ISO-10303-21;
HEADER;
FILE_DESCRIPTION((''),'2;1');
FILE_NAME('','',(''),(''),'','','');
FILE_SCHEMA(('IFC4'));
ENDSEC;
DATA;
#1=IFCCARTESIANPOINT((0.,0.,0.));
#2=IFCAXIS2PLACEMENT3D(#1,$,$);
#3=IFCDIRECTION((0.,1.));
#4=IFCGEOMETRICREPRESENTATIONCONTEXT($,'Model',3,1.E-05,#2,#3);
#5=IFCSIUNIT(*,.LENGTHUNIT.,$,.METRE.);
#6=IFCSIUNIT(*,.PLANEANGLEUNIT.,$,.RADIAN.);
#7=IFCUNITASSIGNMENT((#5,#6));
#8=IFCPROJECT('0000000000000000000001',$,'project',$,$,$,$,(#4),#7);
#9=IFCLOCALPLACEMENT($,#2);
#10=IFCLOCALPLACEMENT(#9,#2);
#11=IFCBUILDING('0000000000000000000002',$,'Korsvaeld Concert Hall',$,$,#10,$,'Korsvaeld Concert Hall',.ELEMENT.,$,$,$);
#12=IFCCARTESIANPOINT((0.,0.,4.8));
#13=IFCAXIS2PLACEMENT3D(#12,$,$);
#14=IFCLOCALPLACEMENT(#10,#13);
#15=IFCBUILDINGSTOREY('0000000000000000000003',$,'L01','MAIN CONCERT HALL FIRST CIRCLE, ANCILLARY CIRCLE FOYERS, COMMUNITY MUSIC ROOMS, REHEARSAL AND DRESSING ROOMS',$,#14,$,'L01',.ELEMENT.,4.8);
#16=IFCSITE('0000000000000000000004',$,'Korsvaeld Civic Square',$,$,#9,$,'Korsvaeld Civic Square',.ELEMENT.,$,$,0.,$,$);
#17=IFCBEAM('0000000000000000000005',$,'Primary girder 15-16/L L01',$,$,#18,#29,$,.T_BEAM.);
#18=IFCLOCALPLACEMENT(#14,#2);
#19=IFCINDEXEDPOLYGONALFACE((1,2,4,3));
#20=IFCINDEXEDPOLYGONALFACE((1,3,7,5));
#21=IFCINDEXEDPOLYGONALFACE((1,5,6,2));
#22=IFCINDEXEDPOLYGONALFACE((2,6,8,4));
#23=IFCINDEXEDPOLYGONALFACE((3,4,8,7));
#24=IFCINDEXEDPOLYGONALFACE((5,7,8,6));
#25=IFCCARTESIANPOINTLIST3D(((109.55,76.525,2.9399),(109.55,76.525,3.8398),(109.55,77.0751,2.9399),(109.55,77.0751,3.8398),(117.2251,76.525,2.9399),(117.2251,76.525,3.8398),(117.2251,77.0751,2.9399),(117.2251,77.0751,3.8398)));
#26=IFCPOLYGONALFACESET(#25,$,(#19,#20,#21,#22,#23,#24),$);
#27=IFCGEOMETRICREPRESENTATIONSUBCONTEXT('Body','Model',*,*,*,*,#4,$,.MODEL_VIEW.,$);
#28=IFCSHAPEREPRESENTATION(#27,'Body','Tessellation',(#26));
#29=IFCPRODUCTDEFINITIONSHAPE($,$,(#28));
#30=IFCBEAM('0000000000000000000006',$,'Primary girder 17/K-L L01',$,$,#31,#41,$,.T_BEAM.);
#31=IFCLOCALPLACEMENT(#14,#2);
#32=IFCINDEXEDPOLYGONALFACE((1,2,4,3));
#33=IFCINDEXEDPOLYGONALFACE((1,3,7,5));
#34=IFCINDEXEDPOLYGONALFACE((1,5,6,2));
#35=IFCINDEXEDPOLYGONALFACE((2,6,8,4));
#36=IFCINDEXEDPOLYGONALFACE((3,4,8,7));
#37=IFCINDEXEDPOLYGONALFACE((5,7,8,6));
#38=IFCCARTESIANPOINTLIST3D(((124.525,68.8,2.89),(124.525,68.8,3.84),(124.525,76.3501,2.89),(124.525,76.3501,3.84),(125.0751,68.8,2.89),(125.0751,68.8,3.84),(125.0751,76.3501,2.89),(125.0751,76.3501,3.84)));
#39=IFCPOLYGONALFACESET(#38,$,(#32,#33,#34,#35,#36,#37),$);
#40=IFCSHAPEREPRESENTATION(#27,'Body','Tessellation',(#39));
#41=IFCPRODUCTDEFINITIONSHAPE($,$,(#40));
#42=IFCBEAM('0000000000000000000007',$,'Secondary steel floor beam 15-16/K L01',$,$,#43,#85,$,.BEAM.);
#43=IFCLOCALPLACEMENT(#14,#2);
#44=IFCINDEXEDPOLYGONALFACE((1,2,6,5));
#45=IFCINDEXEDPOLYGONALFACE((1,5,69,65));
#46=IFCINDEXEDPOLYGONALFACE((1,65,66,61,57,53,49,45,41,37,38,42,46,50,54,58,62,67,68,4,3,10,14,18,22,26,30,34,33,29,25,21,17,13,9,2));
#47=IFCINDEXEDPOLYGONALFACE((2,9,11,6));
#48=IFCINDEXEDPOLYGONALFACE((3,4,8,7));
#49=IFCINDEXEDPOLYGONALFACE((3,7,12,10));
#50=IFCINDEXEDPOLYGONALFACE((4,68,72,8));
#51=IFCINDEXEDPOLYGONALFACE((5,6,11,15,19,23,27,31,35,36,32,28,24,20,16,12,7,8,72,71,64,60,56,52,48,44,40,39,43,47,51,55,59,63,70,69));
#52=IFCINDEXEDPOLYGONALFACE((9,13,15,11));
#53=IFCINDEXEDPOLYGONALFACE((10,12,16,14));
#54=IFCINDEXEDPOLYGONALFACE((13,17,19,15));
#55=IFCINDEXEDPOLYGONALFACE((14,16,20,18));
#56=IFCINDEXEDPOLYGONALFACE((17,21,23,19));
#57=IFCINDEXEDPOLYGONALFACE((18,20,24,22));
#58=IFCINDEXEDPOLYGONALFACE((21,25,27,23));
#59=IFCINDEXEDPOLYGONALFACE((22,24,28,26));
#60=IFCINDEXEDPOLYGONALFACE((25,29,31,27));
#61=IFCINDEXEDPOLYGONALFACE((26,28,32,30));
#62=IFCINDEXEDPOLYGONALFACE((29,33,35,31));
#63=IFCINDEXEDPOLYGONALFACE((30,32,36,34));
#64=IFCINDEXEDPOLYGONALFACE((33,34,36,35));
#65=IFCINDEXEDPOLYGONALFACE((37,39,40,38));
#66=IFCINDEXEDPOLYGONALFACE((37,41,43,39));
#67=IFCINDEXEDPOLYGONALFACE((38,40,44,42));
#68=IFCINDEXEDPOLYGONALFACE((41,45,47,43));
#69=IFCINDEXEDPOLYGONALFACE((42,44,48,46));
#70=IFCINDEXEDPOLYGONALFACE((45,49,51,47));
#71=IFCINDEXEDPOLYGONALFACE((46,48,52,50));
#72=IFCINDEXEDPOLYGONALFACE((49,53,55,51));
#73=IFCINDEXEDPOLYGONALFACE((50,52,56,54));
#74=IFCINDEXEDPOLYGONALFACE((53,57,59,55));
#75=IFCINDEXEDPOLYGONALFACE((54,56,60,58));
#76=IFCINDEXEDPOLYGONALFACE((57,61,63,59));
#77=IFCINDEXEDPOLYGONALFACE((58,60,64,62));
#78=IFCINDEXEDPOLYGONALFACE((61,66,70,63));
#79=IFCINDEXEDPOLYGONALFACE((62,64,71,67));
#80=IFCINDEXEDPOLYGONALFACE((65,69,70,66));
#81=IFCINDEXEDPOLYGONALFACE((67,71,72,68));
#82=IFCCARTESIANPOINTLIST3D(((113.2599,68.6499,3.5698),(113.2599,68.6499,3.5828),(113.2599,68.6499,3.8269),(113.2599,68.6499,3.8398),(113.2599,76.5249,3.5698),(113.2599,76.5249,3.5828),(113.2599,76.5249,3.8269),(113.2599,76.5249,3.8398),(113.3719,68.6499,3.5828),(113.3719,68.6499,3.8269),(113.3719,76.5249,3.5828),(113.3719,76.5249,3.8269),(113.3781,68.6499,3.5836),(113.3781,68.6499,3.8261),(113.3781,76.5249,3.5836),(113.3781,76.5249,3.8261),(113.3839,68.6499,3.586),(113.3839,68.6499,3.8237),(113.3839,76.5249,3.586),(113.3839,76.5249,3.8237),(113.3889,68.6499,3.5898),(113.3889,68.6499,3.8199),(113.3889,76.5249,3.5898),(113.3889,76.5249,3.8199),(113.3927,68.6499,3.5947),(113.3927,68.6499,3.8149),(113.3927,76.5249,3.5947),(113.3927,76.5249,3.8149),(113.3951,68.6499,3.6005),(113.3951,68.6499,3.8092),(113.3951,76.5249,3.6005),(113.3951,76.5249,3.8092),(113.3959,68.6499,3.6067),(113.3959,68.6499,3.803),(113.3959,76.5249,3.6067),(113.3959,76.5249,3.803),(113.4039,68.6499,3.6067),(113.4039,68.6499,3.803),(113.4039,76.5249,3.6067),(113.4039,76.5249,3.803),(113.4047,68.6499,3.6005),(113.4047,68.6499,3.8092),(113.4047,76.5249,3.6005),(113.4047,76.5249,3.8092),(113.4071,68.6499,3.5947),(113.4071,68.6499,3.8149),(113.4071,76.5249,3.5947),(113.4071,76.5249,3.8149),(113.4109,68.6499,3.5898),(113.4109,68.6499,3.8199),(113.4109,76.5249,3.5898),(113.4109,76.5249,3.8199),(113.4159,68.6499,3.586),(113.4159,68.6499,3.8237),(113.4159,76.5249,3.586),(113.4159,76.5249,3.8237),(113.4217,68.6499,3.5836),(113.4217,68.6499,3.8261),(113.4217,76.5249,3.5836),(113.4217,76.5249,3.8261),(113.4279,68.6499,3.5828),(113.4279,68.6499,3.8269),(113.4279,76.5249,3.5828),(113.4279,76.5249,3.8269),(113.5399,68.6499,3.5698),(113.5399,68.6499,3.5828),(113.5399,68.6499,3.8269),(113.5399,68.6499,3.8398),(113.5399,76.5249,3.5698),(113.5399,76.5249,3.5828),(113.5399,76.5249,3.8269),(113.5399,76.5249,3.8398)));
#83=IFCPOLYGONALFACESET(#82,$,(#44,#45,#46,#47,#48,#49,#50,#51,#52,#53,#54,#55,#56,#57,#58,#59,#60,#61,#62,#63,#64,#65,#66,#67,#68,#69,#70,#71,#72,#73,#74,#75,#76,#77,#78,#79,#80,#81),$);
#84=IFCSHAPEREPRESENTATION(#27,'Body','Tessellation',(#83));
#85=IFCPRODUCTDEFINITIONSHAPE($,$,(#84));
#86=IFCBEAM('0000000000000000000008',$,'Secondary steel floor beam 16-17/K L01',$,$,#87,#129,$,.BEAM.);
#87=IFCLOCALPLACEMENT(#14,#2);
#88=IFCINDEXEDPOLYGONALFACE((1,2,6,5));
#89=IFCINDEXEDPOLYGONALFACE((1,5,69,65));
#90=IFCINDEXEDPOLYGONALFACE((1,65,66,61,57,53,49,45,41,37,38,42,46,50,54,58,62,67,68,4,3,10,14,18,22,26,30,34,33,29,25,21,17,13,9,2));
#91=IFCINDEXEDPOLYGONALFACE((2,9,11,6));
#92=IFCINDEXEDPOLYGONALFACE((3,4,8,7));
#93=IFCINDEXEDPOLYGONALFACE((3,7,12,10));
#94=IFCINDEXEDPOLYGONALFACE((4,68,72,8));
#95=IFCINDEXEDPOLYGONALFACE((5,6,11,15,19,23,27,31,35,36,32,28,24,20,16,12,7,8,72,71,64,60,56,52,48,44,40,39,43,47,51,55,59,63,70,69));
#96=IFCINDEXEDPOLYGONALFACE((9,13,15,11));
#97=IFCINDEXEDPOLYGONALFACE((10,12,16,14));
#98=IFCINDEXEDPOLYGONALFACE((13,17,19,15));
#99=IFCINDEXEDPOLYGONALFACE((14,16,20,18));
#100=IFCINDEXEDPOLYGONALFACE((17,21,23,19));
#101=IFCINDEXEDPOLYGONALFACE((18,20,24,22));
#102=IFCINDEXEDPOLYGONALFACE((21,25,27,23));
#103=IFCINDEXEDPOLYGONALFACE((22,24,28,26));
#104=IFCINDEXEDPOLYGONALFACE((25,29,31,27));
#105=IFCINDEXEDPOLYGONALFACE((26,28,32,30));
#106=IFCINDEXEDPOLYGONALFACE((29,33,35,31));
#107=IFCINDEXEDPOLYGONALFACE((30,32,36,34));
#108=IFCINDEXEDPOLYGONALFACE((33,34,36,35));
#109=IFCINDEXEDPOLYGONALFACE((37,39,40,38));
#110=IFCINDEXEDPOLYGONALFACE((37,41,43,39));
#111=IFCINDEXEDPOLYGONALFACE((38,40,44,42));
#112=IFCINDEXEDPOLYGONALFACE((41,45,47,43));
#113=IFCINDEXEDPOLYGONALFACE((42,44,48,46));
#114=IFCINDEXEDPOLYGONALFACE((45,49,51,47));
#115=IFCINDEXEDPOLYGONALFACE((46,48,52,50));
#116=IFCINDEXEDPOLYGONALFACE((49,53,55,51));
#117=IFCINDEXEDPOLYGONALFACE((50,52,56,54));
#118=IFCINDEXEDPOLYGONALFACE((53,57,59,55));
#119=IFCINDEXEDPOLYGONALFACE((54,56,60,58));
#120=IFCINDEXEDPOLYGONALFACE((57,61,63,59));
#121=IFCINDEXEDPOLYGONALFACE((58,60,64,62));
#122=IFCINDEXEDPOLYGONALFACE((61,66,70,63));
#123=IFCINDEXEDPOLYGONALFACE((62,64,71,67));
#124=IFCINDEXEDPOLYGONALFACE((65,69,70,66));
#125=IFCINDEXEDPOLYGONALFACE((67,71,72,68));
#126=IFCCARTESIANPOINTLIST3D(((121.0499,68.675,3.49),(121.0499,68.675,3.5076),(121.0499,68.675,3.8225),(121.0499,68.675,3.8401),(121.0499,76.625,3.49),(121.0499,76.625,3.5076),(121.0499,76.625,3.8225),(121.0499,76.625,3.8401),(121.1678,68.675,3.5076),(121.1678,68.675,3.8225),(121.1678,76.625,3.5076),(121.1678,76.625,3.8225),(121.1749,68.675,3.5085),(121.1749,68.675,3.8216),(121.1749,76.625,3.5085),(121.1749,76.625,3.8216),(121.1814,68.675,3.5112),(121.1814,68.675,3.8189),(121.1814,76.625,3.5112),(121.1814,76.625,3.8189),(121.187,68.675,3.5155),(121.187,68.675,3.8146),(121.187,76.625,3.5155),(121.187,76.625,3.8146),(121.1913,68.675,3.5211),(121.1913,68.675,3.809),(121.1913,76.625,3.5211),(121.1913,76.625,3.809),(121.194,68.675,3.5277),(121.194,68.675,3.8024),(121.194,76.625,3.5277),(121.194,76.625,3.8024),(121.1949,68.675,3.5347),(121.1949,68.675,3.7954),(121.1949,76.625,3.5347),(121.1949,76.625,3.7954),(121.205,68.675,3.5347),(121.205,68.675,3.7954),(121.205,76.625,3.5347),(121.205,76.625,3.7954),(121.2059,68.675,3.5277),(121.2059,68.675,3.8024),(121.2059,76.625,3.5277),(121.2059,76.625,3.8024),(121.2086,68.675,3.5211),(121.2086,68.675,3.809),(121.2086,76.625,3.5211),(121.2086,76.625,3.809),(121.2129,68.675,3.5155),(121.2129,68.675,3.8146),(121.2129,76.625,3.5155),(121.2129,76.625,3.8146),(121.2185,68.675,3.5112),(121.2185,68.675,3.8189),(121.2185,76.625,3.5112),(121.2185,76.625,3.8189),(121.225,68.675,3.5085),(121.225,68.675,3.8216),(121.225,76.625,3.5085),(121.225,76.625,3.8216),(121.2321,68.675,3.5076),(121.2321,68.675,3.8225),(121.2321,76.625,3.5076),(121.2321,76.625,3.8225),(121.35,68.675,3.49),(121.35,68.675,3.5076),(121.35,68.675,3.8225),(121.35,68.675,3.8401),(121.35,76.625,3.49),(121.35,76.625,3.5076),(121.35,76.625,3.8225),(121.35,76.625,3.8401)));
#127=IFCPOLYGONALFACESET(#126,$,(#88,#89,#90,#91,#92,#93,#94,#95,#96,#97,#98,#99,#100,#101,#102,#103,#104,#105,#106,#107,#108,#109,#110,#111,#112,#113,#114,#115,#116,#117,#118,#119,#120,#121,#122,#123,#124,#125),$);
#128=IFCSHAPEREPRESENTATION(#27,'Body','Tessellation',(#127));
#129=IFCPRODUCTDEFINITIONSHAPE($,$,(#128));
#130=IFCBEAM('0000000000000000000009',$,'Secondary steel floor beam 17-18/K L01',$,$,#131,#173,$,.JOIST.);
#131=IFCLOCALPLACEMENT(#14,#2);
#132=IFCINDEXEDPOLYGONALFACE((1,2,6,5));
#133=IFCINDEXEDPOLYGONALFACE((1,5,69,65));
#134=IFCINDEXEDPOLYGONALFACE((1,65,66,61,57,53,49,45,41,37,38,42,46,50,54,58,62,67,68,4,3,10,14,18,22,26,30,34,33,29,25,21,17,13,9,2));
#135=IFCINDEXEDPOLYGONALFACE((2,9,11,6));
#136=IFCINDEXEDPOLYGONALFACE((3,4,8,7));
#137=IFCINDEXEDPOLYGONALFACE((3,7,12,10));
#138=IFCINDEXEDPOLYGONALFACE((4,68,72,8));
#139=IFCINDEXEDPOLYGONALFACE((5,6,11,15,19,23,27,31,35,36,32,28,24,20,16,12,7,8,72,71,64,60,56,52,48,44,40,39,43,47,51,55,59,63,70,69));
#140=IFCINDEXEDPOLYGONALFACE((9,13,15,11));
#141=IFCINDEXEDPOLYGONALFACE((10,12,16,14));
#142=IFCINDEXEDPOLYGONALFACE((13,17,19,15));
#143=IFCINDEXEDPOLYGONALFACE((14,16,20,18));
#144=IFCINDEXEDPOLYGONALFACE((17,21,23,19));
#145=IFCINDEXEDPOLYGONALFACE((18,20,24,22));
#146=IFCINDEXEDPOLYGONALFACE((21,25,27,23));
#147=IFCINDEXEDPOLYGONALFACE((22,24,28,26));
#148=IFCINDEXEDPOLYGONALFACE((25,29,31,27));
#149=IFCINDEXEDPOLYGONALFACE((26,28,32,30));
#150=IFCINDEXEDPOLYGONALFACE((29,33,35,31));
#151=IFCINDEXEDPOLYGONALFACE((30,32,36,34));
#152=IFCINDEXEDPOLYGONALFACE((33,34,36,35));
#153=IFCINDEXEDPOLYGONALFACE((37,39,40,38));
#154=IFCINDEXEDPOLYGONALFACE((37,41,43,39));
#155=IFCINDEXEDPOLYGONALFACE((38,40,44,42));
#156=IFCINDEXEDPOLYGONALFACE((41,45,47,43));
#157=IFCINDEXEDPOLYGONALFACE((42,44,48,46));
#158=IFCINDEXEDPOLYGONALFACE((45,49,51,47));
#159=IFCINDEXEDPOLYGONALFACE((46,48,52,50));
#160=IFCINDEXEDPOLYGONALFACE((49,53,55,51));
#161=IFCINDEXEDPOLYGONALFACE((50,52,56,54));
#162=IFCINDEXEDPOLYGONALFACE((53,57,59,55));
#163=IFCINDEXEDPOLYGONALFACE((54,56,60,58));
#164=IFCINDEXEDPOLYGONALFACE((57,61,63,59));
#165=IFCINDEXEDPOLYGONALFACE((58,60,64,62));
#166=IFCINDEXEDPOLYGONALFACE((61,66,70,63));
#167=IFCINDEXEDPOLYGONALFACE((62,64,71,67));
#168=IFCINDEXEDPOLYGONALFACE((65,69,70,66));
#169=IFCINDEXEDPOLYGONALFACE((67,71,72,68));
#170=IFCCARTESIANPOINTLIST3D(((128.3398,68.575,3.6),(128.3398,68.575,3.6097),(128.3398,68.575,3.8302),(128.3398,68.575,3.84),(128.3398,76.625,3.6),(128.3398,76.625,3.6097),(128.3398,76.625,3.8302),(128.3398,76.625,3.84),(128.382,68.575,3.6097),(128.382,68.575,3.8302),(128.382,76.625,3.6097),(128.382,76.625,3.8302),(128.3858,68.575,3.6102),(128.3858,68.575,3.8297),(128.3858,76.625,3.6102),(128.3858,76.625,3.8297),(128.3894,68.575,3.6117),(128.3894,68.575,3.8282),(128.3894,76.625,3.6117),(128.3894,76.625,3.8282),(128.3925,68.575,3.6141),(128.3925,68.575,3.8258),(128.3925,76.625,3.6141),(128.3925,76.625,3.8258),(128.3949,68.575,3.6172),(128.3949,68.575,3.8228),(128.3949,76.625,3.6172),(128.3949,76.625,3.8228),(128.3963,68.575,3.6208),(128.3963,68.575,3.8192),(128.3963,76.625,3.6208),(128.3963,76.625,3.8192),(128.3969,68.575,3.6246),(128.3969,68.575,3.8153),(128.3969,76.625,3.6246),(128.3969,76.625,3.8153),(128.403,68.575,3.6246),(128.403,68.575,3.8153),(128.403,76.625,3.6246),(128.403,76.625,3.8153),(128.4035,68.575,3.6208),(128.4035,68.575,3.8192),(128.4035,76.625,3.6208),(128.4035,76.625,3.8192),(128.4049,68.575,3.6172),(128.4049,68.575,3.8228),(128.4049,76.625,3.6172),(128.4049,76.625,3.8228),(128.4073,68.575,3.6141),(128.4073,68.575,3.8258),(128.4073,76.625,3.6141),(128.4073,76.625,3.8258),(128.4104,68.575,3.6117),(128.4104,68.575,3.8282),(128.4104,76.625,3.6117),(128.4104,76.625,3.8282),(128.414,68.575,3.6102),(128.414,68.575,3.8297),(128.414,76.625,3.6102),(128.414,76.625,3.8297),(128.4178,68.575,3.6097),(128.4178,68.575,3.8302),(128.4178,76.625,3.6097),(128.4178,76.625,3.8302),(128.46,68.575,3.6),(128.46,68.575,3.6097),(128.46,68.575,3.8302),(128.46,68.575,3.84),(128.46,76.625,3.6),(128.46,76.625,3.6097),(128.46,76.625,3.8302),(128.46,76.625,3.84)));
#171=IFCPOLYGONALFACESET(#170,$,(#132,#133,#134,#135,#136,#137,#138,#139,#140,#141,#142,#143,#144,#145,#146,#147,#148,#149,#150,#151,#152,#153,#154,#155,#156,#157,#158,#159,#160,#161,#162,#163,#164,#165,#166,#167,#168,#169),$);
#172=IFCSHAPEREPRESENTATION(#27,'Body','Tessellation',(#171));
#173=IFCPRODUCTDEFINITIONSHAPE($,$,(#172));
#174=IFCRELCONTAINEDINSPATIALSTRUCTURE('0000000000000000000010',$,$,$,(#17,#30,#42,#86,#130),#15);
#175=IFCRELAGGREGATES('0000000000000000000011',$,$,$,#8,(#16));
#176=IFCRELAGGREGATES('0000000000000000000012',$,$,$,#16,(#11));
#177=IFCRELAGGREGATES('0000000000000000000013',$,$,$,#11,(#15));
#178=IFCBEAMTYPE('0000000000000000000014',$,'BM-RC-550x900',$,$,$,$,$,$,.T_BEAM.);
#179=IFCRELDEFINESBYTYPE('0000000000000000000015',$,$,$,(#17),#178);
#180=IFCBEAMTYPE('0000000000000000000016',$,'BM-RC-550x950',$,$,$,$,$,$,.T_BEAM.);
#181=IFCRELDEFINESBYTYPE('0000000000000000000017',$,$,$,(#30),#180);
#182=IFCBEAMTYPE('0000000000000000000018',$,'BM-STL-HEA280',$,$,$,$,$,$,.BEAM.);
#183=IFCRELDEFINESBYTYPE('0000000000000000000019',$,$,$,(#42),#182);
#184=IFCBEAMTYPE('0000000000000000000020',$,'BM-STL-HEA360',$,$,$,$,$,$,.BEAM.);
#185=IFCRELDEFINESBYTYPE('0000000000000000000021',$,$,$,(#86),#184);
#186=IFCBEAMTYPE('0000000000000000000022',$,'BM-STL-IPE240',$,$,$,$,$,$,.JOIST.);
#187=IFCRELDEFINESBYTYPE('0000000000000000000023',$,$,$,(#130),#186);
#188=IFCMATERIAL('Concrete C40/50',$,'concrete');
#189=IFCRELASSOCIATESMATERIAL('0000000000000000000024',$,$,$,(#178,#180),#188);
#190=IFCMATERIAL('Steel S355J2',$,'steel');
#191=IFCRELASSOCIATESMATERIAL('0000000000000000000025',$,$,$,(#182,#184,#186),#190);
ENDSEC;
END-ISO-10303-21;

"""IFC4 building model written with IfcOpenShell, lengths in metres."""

from ifc_helpers import new_model, si_unit, direction, frame, origin, origin_2d, place, context, subcontext, project, spatial, rectangle, i_section, extrude, material, material_profile, profile_set, type_object, element, save


model = new_model("IFC4")

# Units and contexts
model_context = context("Model", 3, precision=1e-05, world=origin(), true_north=direction((0.0, 1.0)))
body_context = subcontext(model_context, "Body", "Model", "MODEL_VIEW")
ifc_project = project(units=[si_unit("LENGTHUNIT", "METRE"), si_unit("PLANEANGLEUNIT", "RADIAN")], contexts=[model_context])

# Site, building, storey
site_placement = place(None, origin())
site = spatial("IfcSite", under=ifc_project, at=site_placement, Name="Korsvaeld Civic Square", LongName="Korsvaeld Civic Square", CompositionType="ELEMENT", RefElevation=0.0)
building_placement = place(site_placement, origin())
building = spatial("IfcBuilding", under=site, at=building_placement, Name="Korsvaeld Concert Hall", LongName="Korsvaeld Concert Hall", CompositionType="ELEMENT")
storey_placement = place(building_placement, frame((0.0, 0.0, 4.8)))
storey = spatial("IfcBuildingStorey", under=building, at=storey_placement, Name="L01", Description="MAIN CONCERT HALL FIRST CIRCLE, ANCILLARY CIRCLE FOYERS, COMMUNITY MUSIC ROOMS, REHEARSAL AND DRESSING ROOMS", LongName="L01", CompositionType="ELEMENT", Elevation=4.8)

# Shared definitions
ifc_material_1 = material(Name="Concrete C40/50", Category="concrete")

# Beams
ifc_material_profile_1 = material_profile(ifc_material_1, rectangle(XDim=0.55, YDim=0.8999, at=origin_2d()), Name="RC 550x900")
ifc_profile_set_1 = profile_set([ifc_material_profile_1], Name="Concrete C40/50")
beam_type_1 = type_object("IfcBeamType", Name="BM-RC-550x900", PredefinedType="T_BEAM", material=ifc_profile_set_1)
beam_1_placement = place(storey_placement, frame((109.55, 76.8, 3.3899), z_axis=(1.0, 0.0, 0.0), x_axis=(0.0, 1.0, 0.0)))
element("IfcBeam", 1, at=beam_1_placement, inside=storey, type_object=beam_type_1, Name="Primary girder 15-16/L L01", PredefinedType="T_BEAM", context=body_context, shape_type="SweptSolid", body=[
    extrude(rectangle(XDim=0.55, YDim=0.8999, at=origin_2d()), origin(), (0.0, 0.0, 1.0), 7.675),
])
ifc_material_profile_2 = material_profile(ifc_material_1, rectangle(XDim=0.55, YDim=0.95, at=origin_2d()), Name="RC 550x950")
ifc_profile_set_2 = profile_set([ifc_material_profile_2], Name="Concrete C40/50")
beam_type_2 = type_object("IfcBeamType", Name="BM-RC-550x950", PredefinedType="T_BEAM", material=ifc_profile_set_2)
beam_2_placement = place(storey_placement, frame((124.8, 68.8, 3.365), z_axis=(0.0, 1.0, 0.0), x_axis=(-1.0, 0.0, 0.0)))
element("IfcBeam", 2, at=beam_2_placement, inside=storey, type_object=beam_type_2, Name="Primary girder 17/K-L L01", PredefinedType="T_BEAM", context=body_context, shape_type="SweptSolid", body=[
    extrude(rectangle(XDim=0.55, YDim=0.95, at=origin_2d()), origin(), (0.0, 0.0, 1.0), 7.55),
])
ifc_material_2 = material(Name="Steel S355J2", Category="steel")
ifc_material_profile_3 = material_profile(ifc_material_2, i_section(OverallWidth=0.28, OverallDepth=0.27, WebThickness=0.0081, FlangeThickness=0.0129, FilletRadius=0.0239, at=origin_2d()), Name="HEA 280")
ifc_profile_set_3 = profile_set([ifc_material_profile_3], Name="Steel S355J2")
beam_type_3 = type_object("IfcBeamType", Name="BM-STL-HEA280", PredefinedType="BEAM", material=ifc_profile_set_3)
beam_3_placement = place(storey_placement, frame((113.3999, 68.6499, 3.7048), z_axis=(0.0, 1.0, 0.0), x_axis=(-1.0, 0.0, 0.0)))
element("IfcBeam", 3, at=beam_3_placement, inside=storey, type_object=beam_type_3, Name="Secondary steel floor beam 15-16/K L01", PredefinedType="BEAM", context=body_context, shape_type="SweptSolid", body=[
    extrude(i_section(OverallWidth=0.28, OverallDepth=0.27, WebThickness=0.0081, FlangeThickness=0.0129, FilletRadius=0.0239, at=origin_2d()), origin(), (0.0, 0.0, 1.0), 7.875),
])
ifc_material_profile_4 = material_profile(ifc_material_2, i_section(OverallWidth=0.3, OverallDepth=0.3501, WebThickness=0.01, FlangeThickness=0.0176, FilletRadius=0.0271, at=origin_2d()), Name="HEA 360")
ifc_profile_set_4 = profile_set([ifc_material_profile_4], Name="Steel S355J2")
beam_type_4 = type_object("IfcBeamType", Name="BM-STL-HEA360", PredefinedType="BEAM", material=ifc_profile_set_4)
beam_4_placement = place(storey_placement, frame((121.2, 68.675, 3.665), z_axis=(0.0, 1.0, 0.0), x_axis=(-1.0, 0.0, 0.0)))
element("IfcBeam", 4, at=beam_4_placement, inside=storey, type_object=beam_type_4, Name="Secondary steel floor beam 16-17/K L01", PredefinedType="BEAM", context=body_context, shape_type="SweptSolid", body=[
    extrude(i_section(OverallWidth=0.3, OverallDepth=0.3501, WebThickness=0.01, FlangeThickness=0.0176, FilletRadius=0.0271, at=origin_2d()), origin(), (0.0, 0.0, 1.0), 7.95),
])
ifc_material_profile_5 = material_profile(ifc_material_2, i_section(OverallWidth=0.1201, OverallDepth=0.24, WebThickness=0.0061, FlangeThickness=0.0098, FilletRadius=0.0149, at=origin_2d()), Name="IPE 240")
ifc_profile_set_5 = profile_set([ifc_material_profile_5], Name="Steel S355J2")
beam_type_5 = type_object("IfcBeamType", Name="BM-STL-IPE240", PredefinedType="JOIST", material=ifc_profile_set_5)
beam_5_placement = place(storey_placement, frame((128.3999, 68.575, 3.72), z_axis=(0.0, 1.0, 0.0), x_axis=(-1.0, 0.0, 0.0)))
element("IfcBeam", 5, at=beam_5_placement, inside=storey, type_object=beam_type_5, Name="Secondary steel floor beam 17-18/K L01", PredefinedType="JOIST", context=body_context, shape_type="SweptSolid", body=[
    extrude(i_section(OverallWidth=0.1201, OverallDepth=0.24, WebThickness=0.0061, FlangeThickness=0.0098, FilletRadius=0.0149, at=origin_2d()), origin(), (0.0, 0.0, 1.0), 8.05),
])

save(model, "model.ifc")
